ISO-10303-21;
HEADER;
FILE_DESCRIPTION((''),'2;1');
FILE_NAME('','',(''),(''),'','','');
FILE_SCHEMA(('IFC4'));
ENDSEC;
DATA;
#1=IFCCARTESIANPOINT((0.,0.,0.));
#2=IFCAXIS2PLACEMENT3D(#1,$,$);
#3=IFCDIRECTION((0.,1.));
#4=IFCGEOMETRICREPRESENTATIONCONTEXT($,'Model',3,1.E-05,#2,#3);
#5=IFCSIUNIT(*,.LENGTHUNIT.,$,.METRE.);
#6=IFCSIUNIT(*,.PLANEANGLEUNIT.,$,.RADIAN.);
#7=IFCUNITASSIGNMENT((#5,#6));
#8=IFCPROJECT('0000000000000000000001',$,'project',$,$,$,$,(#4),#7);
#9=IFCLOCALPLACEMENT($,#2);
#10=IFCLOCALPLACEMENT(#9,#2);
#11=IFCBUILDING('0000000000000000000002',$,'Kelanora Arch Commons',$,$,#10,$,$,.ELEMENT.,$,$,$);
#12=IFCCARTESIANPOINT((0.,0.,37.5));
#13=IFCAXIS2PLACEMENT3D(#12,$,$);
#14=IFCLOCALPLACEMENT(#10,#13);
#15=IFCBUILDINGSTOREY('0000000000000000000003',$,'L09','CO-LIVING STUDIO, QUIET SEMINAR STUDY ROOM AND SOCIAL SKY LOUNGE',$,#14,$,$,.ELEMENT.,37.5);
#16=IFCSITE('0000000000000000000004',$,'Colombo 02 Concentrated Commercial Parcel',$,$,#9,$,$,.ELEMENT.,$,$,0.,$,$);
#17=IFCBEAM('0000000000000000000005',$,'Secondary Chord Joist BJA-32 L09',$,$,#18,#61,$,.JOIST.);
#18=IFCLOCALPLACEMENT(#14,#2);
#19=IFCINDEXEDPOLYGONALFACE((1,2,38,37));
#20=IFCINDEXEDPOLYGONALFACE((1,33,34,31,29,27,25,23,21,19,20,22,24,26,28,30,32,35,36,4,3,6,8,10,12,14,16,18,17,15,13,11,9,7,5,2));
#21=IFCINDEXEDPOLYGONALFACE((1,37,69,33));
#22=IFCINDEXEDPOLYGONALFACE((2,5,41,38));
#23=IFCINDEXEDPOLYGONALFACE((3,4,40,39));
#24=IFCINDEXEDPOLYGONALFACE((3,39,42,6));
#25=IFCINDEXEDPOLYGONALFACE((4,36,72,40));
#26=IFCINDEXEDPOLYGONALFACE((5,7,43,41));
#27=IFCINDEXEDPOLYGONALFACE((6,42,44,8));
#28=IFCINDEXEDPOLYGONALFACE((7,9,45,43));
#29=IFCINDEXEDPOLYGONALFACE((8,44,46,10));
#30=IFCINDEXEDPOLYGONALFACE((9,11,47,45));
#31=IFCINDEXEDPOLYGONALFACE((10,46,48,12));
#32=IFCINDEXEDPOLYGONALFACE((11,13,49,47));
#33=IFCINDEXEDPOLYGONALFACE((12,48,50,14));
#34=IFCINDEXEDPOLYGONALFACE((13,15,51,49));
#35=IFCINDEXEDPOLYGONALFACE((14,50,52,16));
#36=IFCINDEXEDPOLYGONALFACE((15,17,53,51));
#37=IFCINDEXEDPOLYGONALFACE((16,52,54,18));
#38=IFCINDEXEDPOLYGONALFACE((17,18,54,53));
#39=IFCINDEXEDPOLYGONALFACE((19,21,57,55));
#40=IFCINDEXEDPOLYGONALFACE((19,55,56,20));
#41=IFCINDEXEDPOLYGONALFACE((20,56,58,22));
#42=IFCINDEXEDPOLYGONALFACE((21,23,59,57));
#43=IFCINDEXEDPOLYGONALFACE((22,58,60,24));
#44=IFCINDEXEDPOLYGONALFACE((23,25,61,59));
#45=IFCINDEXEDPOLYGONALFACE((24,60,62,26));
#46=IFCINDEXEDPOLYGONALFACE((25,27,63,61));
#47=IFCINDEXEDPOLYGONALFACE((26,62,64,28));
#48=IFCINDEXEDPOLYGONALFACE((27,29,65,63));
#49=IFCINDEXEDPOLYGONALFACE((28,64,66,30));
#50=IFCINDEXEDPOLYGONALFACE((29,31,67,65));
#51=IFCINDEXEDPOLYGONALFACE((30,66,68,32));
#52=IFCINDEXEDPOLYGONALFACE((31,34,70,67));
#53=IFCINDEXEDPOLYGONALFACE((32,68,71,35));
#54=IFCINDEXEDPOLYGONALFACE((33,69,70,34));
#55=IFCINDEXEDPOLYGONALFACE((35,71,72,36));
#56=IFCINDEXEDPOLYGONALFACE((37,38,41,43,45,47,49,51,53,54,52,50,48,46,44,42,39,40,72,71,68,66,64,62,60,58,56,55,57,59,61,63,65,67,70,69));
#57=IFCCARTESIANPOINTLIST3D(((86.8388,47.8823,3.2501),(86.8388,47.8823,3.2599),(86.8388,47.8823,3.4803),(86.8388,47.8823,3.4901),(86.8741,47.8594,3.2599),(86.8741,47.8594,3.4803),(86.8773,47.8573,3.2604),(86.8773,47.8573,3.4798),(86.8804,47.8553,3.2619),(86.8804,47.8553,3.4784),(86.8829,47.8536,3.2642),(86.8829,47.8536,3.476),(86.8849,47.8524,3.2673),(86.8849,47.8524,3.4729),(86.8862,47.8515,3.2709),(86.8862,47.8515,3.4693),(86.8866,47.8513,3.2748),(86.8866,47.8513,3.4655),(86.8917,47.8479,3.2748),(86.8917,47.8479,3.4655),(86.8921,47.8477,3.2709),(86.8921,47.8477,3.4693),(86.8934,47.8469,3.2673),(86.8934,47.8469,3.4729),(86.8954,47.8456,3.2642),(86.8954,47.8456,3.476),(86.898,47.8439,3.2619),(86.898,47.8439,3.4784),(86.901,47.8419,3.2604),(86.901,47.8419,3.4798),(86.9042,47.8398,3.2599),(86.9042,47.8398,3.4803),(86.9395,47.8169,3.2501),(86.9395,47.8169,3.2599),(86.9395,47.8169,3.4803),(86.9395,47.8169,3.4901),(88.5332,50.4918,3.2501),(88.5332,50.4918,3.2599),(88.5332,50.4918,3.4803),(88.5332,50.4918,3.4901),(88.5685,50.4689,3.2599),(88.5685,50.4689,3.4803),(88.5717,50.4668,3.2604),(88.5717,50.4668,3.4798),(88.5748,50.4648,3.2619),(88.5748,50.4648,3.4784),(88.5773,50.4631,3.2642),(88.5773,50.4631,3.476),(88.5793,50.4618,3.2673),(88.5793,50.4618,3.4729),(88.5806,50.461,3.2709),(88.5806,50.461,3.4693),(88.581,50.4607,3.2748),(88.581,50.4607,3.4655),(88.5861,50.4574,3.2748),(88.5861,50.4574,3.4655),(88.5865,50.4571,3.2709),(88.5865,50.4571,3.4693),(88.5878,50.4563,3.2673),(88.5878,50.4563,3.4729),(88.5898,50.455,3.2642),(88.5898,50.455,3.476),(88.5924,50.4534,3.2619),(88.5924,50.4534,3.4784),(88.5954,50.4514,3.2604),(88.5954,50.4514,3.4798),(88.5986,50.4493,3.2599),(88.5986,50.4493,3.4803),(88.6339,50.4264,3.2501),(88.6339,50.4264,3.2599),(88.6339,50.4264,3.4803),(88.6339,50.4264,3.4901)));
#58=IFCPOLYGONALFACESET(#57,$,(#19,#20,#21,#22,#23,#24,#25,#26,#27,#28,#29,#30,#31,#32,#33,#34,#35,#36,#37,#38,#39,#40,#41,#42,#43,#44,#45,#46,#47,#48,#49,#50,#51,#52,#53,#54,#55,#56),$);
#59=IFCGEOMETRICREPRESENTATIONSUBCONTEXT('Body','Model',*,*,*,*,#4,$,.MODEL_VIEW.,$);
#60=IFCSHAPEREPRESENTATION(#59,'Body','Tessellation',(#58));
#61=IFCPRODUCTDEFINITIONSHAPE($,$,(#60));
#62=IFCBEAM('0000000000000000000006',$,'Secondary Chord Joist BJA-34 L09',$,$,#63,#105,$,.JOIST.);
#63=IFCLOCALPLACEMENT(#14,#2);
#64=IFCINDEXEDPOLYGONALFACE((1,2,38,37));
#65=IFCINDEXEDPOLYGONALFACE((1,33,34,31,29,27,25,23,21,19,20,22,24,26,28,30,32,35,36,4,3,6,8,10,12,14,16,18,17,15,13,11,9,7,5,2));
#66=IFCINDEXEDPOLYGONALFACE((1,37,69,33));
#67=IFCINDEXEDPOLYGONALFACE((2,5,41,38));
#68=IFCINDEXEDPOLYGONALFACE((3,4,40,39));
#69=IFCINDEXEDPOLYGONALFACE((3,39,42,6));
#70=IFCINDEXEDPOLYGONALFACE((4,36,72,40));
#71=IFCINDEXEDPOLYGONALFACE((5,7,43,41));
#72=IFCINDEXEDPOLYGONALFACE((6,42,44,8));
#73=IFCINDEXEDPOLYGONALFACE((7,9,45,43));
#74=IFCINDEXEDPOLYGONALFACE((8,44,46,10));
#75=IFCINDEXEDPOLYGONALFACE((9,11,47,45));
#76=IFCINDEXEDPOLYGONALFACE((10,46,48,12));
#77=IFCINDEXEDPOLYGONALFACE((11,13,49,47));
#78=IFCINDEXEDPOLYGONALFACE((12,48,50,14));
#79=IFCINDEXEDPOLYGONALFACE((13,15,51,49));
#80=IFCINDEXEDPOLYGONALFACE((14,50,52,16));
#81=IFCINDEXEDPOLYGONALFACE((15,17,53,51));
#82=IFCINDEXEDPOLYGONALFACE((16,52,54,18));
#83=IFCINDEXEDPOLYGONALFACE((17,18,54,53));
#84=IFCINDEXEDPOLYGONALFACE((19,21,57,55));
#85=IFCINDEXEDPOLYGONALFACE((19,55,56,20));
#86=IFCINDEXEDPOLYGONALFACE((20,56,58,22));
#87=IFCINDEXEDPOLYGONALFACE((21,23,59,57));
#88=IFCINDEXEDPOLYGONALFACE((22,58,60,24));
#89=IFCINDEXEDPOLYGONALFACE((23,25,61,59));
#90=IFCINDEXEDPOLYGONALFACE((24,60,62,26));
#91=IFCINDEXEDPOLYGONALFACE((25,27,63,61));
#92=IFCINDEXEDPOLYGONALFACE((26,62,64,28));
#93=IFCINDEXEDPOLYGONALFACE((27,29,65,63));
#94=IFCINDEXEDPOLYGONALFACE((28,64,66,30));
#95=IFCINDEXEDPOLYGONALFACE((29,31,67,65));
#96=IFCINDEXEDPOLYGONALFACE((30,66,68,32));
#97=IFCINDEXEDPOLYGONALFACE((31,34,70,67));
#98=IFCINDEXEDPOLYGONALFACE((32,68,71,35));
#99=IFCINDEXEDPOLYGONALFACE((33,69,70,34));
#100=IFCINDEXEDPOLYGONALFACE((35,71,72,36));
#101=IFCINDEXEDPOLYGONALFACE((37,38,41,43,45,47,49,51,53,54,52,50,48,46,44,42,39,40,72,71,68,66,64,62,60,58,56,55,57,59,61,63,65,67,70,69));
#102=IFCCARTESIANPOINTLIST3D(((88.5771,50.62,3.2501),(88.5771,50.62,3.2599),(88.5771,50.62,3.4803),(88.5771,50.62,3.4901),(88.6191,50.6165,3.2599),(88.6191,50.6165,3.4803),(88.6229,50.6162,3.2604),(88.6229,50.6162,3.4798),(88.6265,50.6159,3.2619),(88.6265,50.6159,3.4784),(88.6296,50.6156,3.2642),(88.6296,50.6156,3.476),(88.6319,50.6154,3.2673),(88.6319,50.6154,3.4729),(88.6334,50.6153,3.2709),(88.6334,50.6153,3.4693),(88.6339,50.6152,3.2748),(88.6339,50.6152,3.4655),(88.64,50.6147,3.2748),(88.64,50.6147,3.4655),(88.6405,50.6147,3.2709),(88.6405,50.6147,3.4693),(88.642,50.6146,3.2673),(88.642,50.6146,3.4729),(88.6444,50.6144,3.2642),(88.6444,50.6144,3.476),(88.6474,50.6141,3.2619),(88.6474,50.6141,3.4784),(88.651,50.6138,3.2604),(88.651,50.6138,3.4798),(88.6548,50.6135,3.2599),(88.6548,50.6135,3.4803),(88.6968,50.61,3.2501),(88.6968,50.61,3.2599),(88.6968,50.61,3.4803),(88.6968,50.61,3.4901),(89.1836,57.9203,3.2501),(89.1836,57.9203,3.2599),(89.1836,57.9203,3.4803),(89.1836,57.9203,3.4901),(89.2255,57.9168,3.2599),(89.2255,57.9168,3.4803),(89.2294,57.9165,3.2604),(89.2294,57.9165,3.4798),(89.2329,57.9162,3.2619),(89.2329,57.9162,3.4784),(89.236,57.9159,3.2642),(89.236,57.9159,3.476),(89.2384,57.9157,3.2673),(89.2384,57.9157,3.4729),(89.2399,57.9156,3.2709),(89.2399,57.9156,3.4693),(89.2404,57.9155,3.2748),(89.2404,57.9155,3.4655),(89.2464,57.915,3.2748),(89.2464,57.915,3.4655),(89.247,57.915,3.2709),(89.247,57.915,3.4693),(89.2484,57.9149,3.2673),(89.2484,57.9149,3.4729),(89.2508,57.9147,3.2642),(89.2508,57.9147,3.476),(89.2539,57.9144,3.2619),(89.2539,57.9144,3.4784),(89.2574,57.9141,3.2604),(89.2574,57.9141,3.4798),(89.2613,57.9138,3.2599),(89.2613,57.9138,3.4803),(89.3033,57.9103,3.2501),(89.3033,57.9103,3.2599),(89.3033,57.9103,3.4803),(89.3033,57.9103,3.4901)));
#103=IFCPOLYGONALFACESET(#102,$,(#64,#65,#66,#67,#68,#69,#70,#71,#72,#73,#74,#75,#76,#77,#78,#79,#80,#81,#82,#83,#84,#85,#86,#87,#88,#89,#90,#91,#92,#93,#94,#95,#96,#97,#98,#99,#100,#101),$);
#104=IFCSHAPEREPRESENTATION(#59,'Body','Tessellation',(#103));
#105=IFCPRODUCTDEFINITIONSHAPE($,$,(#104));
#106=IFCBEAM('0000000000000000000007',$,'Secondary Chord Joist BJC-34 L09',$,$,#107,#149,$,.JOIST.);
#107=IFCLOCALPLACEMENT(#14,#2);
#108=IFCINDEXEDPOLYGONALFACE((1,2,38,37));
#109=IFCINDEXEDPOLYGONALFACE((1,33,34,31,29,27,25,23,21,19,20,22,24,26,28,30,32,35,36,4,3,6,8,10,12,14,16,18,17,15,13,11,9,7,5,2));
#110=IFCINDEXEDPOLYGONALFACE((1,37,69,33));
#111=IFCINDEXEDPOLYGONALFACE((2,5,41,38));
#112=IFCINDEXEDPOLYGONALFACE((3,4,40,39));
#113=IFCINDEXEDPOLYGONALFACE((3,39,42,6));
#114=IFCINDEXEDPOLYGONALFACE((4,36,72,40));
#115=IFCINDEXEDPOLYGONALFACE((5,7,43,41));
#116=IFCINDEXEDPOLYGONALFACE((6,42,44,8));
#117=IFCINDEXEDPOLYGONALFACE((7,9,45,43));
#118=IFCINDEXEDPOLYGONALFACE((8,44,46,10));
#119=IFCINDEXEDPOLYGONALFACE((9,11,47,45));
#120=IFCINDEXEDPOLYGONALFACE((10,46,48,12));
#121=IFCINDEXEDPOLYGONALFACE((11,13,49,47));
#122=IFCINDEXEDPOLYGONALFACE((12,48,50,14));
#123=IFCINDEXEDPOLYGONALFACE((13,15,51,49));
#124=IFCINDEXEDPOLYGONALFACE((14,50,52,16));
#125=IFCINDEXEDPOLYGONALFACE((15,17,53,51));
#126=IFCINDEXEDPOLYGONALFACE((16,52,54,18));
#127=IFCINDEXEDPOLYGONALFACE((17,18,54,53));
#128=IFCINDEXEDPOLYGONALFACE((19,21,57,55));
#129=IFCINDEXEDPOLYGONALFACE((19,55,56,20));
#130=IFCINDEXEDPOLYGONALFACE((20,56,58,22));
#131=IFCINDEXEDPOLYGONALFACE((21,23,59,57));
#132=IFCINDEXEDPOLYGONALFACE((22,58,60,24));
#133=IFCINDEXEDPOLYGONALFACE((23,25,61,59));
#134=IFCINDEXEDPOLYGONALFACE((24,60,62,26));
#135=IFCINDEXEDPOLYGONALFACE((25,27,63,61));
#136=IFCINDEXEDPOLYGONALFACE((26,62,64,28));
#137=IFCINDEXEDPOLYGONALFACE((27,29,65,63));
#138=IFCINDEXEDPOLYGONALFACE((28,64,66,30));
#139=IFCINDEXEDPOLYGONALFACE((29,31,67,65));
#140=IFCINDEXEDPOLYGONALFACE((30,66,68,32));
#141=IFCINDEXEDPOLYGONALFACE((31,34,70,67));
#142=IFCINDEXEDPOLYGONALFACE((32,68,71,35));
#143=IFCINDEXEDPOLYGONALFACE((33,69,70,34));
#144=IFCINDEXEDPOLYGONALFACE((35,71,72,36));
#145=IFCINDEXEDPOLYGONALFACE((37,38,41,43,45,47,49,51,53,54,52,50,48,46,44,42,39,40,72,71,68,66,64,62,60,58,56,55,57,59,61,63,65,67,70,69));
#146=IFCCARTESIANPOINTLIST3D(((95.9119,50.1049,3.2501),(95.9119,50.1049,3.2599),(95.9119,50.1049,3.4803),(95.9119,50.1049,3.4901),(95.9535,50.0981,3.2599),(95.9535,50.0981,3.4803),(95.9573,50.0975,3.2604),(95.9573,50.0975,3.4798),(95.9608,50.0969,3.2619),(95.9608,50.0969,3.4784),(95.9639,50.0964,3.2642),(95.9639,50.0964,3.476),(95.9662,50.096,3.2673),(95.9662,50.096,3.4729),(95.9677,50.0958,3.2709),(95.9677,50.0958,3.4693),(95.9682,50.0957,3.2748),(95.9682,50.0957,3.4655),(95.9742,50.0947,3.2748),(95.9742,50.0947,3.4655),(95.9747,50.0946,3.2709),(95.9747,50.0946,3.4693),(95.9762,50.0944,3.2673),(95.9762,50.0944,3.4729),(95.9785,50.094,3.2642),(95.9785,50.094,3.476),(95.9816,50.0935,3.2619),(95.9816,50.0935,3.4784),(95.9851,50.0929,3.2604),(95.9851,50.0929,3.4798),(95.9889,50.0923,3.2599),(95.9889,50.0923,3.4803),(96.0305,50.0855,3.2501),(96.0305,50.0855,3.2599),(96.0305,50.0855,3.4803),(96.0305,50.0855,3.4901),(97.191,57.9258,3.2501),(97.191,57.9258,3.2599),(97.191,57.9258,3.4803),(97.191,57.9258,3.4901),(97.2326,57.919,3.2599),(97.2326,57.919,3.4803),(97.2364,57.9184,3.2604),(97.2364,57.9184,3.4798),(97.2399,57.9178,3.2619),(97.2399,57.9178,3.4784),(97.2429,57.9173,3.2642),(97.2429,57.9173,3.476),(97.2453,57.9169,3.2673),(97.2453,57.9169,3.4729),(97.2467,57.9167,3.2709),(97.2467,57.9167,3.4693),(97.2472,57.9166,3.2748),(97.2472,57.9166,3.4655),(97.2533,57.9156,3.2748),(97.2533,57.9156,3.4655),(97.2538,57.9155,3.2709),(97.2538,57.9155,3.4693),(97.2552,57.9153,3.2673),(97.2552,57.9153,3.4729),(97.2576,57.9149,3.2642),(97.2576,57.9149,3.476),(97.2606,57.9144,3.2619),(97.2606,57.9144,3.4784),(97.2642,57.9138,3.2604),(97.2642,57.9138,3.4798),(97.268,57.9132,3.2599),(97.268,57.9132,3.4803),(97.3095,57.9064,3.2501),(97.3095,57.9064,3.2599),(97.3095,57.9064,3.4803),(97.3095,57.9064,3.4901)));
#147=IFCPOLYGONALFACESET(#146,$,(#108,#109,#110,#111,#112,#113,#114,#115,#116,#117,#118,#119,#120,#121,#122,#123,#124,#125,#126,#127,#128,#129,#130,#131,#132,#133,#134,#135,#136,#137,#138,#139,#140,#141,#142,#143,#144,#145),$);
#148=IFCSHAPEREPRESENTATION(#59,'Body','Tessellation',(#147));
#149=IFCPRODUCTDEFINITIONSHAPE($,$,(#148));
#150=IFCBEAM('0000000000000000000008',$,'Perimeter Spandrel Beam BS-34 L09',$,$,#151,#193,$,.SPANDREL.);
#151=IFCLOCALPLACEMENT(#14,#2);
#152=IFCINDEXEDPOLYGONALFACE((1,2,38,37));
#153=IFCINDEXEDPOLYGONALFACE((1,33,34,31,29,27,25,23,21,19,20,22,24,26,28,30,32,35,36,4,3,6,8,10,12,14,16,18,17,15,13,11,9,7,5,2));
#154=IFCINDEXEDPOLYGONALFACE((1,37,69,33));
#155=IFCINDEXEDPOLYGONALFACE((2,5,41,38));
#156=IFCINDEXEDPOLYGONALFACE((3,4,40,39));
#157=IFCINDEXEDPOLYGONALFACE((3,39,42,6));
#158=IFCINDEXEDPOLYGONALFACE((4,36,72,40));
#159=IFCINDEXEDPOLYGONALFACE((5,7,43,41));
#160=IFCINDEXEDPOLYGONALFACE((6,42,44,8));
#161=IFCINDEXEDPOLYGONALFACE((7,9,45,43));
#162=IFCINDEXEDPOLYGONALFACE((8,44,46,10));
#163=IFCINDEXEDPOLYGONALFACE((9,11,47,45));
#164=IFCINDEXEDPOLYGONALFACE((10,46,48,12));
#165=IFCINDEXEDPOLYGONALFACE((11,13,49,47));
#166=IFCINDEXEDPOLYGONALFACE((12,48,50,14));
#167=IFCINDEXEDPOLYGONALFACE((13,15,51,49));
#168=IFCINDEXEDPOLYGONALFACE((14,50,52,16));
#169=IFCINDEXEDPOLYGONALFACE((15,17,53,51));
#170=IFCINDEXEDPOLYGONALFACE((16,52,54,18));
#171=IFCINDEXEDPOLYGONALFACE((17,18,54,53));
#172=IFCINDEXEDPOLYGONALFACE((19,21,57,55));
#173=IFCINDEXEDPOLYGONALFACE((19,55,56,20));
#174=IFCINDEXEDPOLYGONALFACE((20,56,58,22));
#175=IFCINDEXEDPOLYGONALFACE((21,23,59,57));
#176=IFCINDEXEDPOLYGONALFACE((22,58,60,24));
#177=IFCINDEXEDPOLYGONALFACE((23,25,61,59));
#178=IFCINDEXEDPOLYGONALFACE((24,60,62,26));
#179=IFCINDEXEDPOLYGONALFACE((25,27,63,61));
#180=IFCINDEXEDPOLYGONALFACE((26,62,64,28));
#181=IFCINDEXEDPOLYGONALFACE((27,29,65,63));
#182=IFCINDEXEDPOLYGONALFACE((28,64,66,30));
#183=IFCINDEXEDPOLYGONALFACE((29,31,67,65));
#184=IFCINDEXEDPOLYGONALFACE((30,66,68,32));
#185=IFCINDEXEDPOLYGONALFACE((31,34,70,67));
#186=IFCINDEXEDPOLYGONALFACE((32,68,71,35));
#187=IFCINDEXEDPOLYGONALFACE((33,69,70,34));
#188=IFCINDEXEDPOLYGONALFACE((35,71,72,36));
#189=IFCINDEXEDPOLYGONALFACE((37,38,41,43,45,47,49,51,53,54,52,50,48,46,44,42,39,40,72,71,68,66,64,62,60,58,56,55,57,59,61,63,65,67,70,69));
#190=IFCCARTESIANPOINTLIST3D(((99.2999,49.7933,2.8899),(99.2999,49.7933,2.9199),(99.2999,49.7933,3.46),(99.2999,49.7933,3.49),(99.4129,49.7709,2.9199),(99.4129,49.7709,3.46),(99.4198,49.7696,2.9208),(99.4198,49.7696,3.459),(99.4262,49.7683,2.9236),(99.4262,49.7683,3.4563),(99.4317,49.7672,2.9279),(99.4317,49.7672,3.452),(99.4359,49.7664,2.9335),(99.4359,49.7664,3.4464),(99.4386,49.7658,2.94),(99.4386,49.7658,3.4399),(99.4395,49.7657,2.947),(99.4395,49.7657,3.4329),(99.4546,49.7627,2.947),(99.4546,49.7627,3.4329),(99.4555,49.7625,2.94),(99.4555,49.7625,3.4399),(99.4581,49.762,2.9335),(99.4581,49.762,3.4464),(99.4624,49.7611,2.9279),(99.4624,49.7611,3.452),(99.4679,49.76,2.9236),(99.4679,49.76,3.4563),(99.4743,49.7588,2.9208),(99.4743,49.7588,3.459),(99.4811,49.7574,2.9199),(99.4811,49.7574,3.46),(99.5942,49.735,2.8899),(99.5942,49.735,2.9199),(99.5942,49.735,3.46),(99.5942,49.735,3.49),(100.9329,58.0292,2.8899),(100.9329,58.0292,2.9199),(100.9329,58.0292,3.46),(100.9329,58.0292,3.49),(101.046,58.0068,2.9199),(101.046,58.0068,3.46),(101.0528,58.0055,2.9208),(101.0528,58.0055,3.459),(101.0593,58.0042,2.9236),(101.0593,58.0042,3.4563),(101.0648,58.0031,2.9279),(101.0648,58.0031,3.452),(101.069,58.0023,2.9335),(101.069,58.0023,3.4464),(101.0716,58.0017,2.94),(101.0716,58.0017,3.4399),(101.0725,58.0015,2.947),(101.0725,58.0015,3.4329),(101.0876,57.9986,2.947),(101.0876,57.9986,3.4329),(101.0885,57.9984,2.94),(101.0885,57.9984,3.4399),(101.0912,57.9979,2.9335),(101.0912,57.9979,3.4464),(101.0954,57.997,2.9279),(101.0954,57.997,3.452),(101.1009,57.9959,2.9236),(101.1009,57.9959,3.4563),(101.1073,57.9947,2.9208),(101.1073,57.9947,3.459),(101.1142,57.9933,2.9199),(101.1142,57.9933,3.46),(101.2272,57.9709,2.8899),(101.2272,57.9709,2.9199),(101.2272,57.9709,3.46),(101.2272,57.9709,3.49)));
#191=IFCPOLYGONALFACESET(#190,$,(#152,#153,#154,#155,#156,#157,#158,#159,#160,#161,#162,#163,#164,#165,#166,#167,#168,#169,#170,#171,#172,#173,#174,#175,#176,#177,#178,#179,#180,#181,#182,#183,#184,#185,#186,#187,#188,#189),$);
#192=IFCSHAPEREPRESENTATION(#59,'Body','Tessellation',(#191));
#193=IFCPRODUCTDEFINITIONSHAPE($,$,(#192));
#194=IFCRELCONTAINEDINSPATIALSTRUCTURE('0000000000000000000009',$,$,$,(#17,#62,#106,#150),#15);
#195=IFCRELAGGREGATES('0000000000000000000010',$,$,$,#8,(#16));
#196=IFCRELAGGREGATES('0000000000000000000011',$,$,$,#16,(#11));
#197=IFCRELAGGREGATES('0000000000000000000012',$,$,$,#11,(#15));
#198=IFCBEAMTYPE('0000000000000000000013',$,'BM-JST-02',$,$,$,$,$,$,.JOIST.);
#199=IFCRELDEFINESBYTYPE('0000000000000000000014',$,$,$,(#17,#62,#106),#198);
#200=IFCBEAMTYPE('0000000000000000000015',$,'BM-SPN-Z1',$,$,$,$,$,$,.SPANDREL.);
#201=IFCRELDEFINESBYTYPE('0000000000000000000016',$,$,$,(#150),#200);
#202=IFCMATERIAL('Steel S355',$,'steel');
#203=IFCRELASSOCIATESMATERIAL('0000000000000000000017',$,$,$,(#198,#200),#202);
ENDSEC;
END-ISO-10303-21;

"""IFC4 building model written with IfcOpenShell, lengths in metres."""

from ifc_helpers import new_model, si_unit, direction, frame, origin, origin_2d, place, context, subcontext, project, spatial, i_section, extrude, material, material_profile, profile_set, type_object, element, save


model = new_model("IFC4")

# Units and contexts
model_context = context("Model", 3, precision=1e-05, world=origin(), true_north=direction((0.0, 1.0)))
body_context = subcontext(model_context, "Body", "Model", "MODEL_VIEW")
ifc_project = project(units=[si_unit("LENGTHUNIT", "METRE"), si_unit("PLANEANGLEUNIT", "RADIAN")], contexts=[model_context])

# Site, building, storey
site_placement = place(None, origin())
site = spatial("IfcSite", under=ifc_project, at=site_placement, Name="Colombo 02 Concentrated Commercial Parcel", CompositionType="ELEMENT", RefElevation=0.0)
building_placement = place(site_placement, origin())
building = spatial("IfcBuilding", under=site, at=building_placement, Name="Kelanora Arch Commons", CompositionType="ELEMENT")
storey_placement = place(building_placement, frame((0.0, 0.0, 37.5)))
storey = spatial("IfcBuildingStorey", under=building, at=storey_placement, Name="L09", Description="CO-LIVING STUDIO, QUIET SEMINAR STUDY ROOM AND SOCIAL SKY LOUNGE", CompositionType="ELEMENT", Elevation=37.5)

# Beams
ifc_material_1 = material(Name="Steel S355", Category="steel")
ifc_material_profile_1 = material_profile(ifc_material_1, i_section(OverallWidth=0.1201, OverallDepth=0.24, WebThickness=0.0061, FlangeThickness=0.0098, FilletRadius=0.0149, at=origin_2d()), Name="IPE240")
ifc_profile_set_1 = profile_set([ifc_material_profile_1], Name="Steel S355")
beam_type_1 = type_object("IfcBeamType", Name="BM-JST-02", PredefinedType="JOIST", material=ifc_profile_set_1)
beam_1_placement = place(storey_placement, frame((86.8892, 47.8496, 3.3701), z_axis=(0.544591, 0.838702, 0.0), x_axis=(-0.838702, 0.544591, 0.0)))
element("IfcBeam", 1, at=beam_1_placement, inside=storey, type_object=beam_type_1, Name="Secondary Chord Joist BJA-32 L09", PredefinedType="JOIST", context=body_context, shape_type="SweptSolid", body=[
    extrude(i_section(OverallWidth=0.1201, OverallDepth=0.24, WebThickness=0.0061, FlangeThickness=0.0098, FilletRadius=0.0149, at=origin_2d()), origin(), (0.0, 0.0, 1.0), 3.1113),
])
beam_2_placement = place(storey_placement, frame((88.637, 50.615, 3.3701), z_axis=(0.082786, 0.996567, 0.0), x_axis=(-0.996567, 0.082786, 0.0)))
element("IfcBeam", 2, at=beam_2_placement, inside=storey, type_object=beam_type_1, Name="Secondary Chord Joist BJA-34 L09", PredefinedType="JOIST", context=body_context, shape_type="SweptSolid", body=[
    extrude(i_section(OverallWidth=0.1201, OverallDepth=0.24, WebThickness=0.0061, FlangeThickness=0.0098, FilletRadius=0.0149, at=origin_2d()), origin(), (0.0, 0.0, 1.0), 7.3254),
])
beam_3_placement = place(storey_placement, frame((95.9712, 50.0952, 3.3701), z_axis=(0.161401, 0.986889, 0.0), x_axis=(-0.986889, 0.161401, 0.0)))
element("IfcBeam", 3, at=beam_3_placement, inside=storey, type_object=beam_type_1, Name="Secondary Chord Joist BJC-34 L09", PredefinedType="JOIST", context=body_context, shape_type="SweptSolid", body=[
    extrude(i_section(OverallWidth=0.1201, OverallDepth=0.24, WebThickness=0.0061, FlangeThickness=0.0098, FilletRadius=0.0149, at=origin_2d()), origin(), (0.0, 0.0, 1.0), 7.9248),
])
ifc_material_profile_2 = material_profile(ifc_material_1, i_section(OverallWidth=0.3, OverallDepth=0.6001, WebThickness=0.0154, FlangeThickness=0.03, FilletRadius=0.0271, at=origin_2d()), Name="HEB600")
ifc_profile_set_2 = profile_set([ifc_material_profile_2], Name="Steel S355")
beam_type_2 = type_object("IfcBeamType", Name="BM-SPN-Z1", PredefinedType="SPANDREL", material=ifc_profile_set_2)
beam_4_placement = place(storey_placement, frame((99.447, 49.7642, 3.1899), z_axis=(0.1945, 0.980903, 0.0), x_axis=(-0.980903, 0.1945, 0.0)))
element("IfcBeam", 4, at=beam_4_placement, inside=storey, type_object=beam_type_2, Name="Perimeter Spandrel Beam BS-34 L09", PredefinedType="SPANDREL", context=body_context, shape_type="SweptSolid", body=[
    extrude(i_section(OverallWidth=0.3, OverallDepth=0.6001, WebThickness=0.0154, FlangeThickness=0.03, FilletRadius=0.0271, at=origin_2d()), origin(), (0.0, 0.0, 1.0), 8.3962),
])

save(model, "model.ifc")
